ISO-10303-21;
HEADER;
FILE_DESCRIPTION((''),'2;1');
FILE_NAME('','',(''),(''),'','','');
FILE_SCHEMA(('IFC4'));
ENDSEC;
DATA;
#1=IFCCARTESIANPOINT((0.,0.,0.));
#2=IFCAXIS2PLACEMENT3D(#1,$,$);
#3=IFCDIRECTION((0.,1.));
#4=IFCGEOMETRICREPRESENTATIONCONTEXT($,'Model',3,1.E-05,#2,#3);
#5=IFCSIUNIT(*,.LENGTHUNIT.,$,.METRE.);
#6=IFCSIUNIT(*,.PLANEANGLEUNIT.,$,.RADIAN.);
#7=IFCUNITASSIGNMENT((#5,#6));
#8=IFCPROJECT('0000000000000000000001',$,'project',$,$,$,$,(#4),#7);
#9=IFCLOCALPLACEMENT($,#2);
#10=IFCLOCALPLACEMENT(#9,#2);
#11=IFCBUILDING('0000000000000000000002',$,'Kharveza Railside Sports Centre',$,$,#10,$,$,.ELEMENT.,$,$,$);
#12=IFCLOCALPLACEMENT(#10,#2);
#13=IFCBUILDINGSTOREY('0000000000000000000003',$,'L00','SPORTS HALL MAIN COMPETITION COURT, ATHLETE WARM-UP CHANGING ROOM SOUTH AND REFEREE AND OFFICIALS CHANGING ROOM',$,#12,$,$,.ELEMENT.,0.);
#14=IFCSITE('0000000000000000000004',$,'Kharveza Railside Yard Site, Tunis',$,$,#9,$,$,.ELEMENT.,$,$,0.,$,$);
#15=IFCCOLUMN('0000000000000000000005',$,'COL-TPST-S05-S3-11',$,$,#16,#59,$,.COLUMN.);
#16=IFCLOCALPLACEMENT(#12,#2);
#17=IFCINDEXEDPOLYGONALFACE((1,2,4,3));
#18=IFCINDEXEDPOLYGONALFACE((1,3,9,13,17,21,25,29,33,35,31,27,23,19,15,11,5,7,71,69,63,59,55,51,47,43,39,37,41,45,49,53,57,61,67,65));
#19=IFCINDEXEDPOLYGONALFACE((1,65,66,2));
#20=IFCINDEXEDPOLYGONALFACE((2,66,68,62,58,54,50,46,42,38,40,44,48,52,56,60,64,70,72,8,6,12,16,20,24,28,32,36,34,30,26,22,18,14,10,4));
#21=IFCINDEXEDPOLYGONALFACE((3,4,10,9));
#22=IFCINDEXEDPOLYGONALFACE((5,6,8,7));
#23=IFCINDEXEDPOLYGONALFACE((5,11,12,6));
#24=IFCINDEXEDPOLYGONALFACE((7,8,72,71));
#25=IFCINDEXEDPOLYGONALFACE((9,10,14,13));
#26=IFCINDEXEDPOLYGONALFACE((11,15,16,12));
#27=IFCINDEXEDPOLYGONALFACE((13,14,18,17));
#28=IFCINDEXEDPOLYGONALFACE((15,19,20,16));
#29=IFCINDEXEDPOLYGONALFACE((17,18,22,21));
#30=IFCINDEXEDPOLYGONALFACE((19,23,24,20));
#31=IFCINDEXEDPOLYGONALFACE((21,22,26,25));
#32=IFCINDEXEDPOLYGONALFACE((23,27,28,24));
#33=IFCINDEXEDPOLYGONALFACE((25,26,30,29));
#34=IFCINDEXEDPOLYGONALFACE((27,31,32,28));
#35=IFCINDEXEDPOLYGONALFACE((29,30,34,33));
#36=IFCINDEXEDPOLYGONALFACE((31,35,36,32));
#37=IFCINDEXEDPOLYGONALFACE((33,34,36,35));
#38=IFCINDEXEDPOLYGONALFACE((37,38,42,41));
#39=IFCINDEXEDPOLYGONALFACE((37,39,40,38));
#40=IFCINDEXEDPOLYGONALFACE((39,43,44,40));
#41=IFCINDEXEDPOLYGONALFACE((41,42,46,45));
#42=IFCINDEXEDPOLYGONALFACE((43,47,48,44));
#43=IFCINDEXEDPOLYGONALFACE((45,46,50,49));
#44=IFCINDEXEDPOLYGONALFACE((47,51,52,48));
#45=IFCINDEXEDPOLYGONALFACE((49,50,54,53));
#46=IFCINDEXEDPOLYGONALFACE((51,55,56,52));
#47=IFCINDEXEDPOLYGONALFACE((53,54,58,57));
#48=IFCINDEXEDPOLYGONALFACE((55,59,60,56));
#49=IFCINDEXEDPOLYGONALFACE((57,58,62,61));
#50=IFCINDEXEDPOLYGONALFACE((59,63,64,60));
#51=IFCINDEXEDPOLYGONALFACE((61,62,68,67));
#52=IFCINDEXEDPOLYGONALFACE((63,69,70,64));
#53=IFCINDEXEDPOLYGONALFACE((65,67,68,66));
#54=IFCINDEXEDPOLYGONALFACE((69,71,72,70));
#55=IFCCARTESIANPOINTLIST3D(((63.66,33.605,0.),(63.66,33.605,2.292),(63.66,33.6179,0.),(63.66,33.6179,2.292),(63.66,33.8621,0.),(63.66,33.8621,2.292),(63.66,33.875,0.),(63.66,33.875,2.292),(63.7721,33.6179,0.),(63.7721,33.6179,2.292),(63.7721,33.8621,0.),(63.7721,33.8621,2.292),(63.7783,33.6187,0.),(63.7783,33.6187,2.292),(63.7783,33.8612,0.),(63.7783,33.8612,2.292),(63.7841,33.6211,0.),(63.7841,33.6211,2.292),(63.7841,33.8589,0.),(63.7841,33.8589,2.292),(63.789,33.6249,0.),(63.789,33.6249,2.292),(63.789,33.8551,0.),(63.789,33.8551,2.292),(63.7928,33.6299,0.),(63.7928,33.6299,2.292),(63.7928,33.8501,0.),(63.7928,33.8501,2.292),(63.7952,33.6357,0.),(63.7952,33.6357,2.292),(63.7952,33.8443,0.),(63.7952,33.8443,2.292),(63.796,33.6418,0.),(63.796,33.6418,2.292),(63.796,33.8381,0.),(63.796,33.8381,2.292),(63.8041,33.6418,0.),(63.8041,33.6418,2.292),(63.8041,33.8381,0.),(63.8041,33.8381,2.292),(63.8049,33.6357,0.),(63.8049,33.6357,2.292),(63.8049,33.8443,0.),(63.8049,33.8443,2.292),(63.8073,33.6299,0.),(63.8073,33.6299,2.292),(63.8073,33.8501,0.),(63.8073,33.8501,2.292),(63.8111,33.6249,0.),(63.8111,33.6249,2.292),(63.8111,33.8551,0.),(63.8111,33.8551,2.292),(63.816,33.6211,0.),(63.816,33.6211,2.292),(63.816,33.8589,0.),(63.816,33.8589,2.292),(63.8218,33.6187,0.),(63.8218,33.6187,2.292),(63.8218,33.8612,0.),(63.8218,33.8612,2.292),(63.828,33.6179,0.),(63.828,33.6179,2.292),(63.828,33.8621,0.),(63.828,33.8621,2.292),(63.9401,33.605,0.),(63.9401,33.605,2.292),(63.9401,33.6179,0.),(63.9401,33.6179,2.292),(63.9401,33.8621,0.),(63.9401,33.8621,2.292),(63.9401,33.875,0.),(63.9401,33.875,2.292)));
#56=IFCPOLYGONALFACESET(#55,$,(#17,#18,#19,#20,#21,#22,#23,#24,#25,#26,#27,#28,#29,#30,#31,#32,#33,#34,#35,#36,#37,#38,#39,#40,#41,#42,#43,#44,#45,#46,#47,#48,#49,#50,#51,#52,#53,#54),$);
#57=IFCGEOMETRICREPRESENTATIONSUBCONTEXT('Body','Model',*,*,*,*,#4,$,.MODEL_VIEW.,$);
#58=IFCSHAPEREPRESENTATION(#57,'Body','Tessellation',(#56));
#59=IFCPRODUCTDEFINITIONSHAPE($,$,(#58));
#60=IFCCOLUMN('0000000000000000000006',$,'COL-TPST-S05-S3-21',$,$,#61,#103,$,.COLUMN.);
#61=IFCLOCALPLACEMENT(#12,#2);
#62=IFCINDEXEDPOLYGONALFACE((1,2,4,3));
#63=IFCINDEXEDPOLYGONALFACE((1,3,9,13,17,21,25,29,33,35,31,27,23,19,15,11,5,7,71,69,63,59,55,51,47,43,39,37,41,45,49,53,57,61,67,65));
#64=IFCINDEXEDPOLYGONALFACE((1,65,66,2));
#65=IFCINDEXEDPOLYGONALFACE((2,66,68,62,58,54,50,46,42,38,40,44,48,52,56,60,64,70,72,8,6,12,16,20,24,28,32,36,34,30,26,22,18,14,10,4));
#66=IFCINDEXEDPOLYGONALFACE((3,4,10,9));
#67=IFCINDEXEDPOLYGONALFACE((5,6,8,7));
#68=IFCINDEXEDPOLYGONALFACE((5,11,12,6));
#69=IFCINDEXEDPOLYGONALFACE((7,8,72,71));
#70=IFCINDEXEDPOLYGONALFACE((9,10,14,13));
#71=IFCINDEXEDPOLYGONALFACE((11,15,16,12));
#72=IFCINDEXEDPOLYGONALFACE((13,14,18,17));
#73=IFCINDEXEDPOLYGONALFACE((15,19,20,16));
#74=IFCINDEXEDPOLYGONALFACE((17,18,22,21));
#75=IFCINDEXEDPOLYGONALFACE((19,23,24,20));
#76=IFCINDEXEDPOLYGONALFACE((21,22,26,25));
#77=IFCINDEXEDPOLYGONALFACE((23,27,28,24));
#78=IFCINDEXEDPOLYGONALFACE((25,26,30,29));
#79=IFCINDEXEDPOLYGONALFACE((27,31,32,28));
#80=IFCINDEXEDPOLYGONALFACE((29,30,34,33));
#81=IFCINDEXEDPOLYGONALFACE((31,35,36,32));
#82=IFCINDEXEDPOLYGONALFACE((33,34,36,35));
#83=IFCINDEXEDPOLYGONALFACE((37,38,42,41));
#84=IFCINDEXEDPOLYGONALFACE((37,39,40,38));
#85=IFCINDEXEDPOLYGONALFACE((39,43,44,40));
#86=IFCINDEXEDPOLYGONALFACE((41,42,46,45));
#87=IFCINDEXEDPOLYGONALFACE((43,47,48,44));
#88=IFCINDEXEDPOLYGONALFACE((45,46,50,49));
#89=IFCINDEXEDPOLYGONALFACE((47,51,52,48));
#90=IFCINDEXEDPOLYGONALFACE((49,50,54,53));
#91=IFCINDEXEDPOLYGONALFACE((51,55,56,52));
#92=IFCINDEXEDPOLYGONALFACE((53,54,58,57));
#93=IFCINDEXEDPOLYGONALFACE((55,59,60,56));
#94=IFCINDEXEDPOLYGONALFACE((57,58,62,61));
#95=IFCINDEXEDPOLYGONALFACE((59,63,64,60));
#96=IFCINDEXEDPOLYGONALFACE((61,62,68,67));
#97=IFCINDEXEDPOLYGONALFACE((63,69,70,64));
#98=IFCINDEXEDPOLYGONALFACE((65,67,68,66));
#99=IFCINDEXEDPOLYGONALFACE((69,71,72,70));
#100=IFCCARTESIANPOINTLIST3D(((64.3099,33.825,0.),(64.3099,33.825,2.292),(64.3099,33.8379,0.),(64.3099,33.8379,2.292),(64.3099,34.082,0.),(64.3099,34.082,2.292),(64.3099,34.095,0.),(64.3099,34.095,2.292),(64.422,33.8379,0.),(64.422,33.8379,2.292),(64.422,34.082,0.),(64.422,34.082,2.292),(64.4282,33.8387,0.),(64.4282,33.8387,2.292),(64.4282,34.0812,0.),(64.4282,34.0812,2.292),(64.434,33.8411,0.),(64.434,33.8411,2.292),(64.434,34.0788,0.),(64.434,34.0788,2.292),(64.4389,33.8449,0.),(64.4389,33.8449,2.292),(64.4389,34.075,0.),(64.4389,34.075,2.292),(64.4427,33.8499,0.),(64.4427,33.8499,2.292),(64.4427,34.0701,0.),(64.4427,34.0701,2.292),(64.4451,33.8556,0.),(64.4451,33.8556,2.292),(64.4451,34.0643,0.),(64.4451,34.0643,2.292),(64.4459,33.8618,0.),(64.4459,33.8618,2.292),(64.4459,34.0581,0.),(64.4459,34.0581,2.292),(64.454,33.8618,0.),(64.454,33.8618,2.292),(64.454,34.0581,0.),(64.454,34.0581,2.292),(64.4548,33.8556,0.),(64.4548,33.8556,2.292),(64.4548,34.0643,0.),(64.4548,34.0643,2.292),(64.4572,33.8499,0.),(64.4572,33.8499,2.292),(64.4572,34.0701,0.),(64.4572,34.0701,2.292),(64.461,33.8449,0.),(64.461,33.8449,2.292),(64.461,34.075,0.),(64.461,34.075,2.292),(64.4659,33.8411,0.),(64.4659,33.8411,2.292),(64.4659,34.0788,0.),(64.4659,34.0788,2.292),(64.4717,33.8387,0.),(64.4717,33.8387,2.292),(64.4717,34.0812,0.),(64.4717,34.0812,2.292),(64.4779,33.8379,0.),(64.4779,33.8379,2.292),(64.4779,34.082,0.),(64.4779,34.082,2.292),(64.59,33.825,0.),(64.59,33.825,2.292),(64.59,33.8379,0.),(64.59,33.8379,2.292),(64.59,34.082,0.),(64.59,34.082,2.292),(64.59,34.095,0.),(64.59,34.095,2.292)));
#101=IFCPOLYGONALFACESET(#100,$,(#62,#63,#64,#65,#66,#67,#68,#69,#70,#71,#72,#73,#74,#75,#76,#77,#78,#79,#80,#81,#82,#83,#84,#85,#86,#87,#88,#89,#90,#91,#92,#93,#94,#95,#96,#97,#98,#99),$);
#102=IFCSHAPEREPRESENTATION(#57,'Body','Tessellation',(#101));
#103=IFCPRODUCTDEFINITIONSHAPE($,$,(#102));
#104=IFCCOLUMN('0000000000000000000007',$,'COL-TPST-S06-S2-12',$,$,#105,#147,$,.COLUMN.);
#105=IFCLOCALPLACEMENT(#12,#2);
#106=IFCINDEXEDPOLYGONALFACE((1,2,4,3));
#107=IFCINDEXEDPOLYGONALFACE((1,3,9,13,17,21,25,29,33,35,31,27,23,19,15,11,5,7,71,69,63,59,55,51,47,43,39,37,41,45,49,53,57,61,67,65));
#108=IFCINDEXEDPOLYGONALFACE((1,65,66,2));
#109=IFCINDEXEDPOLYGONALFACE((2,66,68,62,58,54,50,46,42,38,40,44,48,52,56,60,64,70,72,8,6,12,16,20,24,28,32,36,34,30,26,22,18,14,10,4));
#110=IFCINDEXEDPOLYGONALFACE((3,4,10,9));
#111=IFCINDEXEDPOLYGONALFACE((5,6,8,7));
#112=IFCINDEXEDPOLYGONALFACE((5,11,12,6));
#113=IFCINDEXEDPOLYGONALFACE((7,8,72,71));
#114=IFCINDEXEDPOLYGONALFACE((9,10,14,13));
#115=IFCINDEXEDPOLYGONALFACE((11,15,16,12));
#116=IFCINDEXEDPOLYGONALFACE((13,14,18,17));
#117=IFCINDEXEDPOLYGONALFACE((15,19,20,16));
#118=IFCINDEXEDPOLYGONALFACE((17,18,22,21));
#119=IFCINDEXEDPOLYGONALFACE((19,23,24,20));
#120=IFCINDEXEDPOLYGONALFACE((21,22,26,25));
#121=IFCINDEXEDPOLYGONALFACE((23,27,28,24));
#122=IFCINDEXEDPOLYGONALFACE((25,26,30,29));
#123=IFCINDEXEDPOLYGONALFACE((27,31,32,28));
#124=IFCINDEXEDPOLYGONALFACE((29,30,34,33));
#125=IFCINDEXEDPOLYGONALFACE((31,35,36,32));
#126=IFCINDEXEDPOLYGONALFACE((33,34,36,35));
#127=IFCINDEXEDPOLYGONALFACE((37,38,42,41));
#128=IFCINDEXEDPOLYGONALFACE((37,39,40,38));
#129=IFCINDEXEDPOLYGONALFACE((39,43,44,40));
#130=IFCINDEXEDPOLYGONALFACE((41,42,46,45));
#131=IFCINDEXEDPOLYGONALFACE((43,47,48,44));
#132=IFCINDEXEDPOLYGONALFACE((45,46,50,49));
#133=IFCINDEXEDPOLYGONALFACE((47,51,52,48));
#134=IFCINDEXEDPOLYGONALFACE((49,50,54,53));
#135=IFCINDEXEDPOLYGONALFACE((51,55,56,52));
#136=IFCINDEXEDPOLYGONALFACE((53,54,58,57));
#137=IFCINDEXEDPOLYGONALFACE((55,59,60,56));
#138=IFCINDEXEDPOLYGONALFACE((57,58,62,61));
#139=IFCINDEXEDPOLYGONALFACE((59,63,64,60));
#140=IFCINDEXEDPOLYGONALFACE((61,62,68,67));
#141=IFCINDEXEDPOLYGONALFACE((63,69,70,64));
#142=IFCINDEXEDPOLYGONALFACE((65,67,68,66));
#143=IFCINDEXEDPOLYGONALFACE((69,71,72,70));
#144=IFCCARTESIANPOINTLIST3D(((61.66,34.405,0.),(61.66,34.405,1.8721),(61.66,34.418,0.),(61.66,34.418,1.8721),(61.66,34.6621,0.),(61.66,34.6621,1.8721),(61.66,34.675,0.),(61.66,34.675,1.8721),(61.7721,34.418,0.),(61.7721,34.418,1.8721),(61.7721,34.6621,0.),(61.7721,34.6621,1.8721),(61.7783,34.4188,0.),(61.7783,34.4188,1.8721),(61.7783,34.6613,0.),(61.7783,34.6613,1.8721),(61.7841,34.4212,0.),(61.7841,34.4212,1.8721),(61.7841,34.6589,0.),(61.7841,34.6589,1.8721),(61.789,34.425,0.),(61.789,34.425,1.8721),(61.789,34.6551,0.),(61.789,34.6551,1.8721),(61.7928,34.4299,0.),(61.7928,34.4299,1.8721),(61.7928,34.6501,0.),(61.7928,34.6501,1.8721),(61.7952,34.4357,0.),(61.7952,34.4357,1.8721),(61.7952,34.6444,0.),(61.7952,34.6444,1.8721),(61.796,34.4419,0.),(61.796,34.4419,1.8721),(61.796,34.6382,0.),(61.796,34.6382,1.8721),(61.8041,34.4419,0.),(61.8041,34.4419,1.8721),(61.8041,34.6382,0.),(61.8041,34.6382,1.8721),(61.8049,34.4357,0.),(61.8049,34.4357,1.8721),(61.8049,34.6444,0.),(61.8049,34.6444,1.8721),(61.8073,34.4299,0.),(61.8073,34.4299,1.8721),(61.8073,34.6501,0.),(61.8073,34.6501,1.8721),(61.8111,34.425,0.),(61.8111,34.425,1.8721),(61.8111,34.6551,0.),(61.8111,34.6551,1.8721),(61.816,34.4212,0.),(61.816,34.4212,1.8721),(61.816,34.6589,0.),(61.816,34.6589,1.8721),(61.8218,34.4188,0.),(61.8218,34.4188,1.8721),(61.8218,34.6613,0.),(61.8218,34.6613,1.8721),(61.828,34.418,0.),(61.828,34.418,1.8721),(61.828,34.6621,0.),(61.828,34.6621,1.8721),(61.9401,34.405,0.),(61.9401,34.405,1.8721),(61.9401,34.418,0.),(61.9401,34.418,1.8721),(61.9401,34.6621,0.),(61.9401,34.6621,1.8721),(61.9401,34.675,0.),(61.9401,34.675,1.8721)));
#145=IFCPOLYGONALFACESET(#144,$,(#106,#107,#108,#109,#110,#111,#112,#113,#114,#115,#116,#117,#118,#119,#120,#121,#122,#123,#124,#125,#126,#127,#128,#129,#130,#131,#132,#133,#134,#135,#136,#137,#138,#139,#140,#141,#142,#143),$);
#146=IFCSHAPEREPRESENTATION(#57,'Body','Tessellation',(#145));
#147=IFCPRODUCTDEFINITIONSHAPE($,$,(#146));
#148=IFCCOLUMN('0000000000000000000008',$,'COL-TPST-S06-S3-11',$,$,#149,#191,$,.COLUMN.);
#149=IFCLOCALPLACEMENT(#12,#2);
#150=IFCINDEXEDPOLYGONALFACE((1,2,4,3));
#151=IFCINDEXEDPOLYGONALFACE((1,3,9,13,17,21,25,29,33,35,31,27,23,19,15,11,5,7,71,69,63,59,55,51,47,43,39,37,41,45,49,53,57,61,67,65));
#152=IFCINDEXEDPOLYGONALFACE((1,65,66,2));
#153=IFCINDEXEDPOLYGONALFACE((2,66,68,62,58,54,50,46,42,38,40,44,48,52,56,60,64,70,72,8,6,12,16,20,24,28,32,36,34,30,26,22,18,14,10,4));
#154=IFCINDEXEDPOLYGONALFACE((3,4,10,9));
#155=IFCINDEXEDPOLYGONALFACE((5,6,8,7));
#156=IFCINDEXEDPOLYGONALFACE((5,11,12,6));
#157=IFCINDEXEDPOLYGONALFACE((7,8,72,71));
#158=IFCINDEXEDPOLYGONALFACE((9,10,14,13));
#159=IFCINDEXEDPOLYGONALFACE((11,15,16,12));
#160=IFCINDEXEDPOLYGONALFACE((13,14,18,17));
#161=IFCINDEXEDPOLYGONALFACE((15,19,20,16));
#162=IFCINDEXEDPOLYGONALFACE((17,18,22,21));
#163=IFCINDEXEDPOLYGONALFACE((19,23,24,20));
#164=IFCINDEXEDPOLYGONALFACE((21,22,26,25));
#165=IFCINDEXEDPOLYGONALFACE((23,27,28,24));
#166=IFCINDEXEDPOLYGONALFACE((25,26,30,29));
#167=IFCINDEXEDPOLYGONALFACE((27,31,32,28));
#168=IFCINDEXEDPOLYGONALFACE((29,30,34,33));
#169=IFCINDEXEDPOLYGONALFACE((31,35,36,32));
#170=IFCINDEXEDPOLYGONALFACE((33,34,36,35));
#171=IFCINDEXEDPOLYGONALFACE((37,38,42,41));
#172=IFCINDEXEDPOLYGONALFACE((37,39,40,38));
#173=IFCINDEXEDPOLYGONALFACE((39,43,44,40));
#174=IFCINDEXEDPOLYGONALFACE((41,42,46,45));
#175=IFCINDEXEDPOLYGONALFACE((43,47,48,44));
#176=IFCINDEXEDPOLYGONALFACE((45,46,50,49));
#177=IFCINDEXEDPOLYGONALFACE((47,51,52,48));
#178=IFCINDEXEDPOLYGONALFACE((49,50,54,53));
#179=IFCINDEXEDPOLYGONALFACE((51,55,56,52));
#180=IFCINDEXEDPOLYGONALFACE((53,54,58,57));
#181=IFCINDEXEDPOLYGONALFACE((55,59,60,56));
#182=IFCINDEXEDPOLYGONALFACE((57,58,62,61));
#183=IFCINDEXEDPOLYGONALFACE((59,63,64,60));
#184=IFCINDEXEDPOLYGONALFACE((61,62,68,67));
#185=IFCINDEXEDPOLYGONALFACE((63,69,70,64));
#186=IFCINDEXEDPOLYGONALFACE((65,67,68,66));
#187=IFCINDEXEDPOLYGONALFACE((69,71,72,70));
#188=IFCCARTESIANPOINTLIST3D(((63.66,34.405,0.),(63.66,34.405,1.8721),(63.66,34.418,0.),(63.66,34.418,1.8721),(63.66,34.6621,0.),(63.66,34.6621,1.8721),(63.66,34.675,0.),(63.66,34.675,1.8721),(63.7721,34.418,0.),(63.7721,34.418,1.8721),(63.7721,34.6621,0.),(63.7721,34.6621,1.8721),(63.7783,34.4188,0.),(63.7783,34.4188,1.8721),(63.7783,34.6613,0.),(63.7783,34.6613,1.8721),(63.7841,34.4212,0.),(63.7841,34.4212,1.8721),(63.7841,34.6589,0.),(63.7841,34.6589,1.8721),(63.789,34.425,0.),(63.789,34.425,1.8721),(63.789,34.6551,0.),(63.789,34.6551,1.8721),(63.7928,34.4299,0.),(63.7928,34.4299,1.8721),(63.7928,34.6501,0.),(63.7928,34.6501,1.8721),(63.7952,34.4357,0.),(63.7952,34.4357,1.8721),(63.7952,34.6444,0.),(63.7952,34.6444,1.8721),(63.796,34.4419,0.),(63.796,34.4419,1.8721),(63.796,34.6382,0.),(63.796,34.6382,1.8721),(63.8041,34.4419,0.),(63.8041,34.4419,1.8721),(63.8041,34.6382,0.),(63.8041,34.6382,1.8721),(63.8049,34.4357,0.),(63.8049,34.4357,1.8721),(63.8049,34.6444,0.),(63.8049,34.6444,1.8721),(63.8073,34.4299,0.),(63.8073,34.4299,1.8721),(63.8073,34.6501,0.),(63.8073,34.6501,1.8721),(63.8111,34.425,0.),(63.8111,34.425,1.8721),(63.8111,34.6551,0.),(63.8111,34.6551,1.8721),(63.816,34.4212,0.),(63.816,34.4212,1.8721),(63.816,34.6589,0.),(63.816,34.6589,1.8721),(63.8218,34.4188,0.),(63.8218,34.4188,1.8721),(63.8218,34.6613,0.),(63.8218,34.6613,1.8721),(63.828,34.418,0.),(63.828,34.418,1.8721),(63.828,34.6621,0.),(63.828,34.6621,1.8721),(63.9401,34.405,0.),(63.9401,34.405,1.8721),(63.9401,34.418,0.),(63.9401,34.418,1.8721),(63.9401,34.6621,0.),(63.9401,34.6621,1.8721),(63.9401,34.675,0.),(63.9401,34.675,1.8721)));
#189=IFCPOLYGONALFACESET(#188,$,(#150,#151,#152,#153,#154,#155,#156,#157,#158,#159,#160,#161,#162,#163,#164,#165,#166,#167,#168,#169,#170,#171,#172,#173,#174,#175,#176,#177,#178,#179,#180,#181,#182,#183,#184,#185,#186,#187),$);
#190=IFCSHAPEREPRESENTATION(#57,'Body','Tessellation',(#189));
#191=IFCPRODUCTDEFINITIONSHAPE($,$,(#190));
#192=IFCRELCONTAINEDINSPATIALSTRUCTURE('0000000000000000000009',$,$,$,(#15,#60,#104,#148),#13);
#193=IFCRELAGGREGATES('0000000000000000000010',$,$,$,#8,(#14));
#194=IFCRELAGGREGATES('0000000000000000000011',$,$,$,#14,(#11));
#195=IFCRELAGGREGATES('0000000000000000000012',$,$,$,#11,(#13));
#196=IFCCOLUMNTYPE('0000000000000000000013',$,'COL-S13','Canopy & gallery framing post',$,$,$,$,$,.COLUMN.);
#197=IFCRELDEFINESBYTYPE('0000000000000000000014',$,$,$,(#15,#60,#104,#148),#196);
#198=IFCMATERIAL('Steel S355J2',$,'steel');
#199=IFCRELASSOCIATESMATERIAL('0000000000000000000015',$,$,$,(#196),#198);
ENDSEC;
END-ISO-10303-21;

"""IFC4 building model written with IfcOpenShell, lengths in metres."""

from ifc_helpers import new_model, si_unit, direction, frame, origin, origin_2d, place, context, subcontext, project, spatial, i_section, extrude, material, material_profile, profile_set, type_object, element, save


model = new_model("IFC4")

# Units and contexts
model_context = context("Model", 3, precision=1e-05, world=origin(), true_north=direction((0.0, 1.0)))
body_context = subcontext(model_context, "Body", "Model", "MODEL_VIEW")
ifc_project = project(units=[si_unit("LENGTHUNIT", "METRE"), si_unit("PLANEANGLEUNIT", "RADIAN")], contexts=[model_context])

# Site, building, storey
site_placement = place(None, origin())
site = spatial("IfcSite", under=ifc_project, at=site_placement, Name="Kharveza Railside Yard Site, Tunis", CompositionType="ELEMENT", RefElevation=0.0)
building_placement = place(site_placement, origin())
building = spatial("IfcBuilding", under=site, at=building_placement, Name="Kharveza Railside Sports Centre", CompositionType="ELEMENT")
storey_placement = place(building_placement, origin())
storey = spatial("IfcBuildingStorey", under=building, at=storey_placement, Name="L00", Description="SPORTS HALL MAIN COMPETITION COURT, ATHLETE WARM-UP CHANGING ROOM SOUTH AND REFEREE AND OFFICIALS CHANGING ROOM", CompositionType="ELEMENT", Elevation=0.0)

# Columns
ifc_material_1 = material(Name="Steel S355J2", Category="steel")
ifc_material_profile_1 = material_profile(ifc_material_1, i_section(OverallWidth=0.28, OverallDepth=0.27, WebThickness=0.0081, FlangeThickness=0.0129, FilletRadius=0.0239, at=origin_2d()), Name="HEA 280")
ifc_profile_set_1 = profile_set([ifc_material_profile_1], Name="Steel S355J2")
column_type_1 = type_object("IfcColumnType", Name="COL-S13", Description="Canopy & gallery framing post", PredefinedType="COLUMN", material=ifc_profile_set_1)
for number, where, z_axis, x_axis, name in (
    (1, (63.8, 33.74, 0.0), (0.0, 0.0, 1.0), (1.0, 0.0, 0.0), "COL-TPST-S05-S3-11"),
    (2, (64.45, 33.96, 0.0), (0.0, 0.0, 1.0), (1.0, 0.0, 0.0), "COL-TPST-S05-S3-21"),
):
    element("IfcColumn", number, at=place(storey_placement, frame(where, z_axis=z_axis, x_axis=x_axis)), inside=storey, type_object=column_type_1, Name=name, PredefinedType="COLUMN", context=body_context, shape_type="SweptSolid", body=[
        extrude(i_section(OverallWidth=0.28, OverallDepth=0.27, WebThickness=0.0081, FlangeThickness=0.0129, FilletRadius=0.0239, at=origin_2d()), origin(), (0.0, 0.0, 1.0), 2.292),
    ])
for number, where, z_axis, x_axis, name in (
    (3, (61.8, 34.54, 0.0), (0.0, 0.0, 1.0), (1.0, 0.0, 0.0), "COL-TPST-S06-S2-12"),
    (4, (63.8, 34.54, 0.0), (0.0, 0.0, 1.0), (1.0, 0.0, 0.0), "COL-TPST-S06-S3-11"),
):
    element("IfcColumn", number, at=place(storey_placement, frame(where, z_axis=z_axis, x_axis=x_axis)), inside=storey, type_object=column_type_1, Name=name, PredefinedType="COLUMN", context=body_context, shape_type="SweptSolid", body=[
        extrude(i_section(OverallWidth=0.28, OverallDepth=0.27, WebThickness=0.0081, FlangeThickness=0.0129, FilletRadius=0.0239, at=origin_2d()), origin(), (0.0, 0.0, 1.0), 1.8721),
    ])

save(model, "model.ifc")
